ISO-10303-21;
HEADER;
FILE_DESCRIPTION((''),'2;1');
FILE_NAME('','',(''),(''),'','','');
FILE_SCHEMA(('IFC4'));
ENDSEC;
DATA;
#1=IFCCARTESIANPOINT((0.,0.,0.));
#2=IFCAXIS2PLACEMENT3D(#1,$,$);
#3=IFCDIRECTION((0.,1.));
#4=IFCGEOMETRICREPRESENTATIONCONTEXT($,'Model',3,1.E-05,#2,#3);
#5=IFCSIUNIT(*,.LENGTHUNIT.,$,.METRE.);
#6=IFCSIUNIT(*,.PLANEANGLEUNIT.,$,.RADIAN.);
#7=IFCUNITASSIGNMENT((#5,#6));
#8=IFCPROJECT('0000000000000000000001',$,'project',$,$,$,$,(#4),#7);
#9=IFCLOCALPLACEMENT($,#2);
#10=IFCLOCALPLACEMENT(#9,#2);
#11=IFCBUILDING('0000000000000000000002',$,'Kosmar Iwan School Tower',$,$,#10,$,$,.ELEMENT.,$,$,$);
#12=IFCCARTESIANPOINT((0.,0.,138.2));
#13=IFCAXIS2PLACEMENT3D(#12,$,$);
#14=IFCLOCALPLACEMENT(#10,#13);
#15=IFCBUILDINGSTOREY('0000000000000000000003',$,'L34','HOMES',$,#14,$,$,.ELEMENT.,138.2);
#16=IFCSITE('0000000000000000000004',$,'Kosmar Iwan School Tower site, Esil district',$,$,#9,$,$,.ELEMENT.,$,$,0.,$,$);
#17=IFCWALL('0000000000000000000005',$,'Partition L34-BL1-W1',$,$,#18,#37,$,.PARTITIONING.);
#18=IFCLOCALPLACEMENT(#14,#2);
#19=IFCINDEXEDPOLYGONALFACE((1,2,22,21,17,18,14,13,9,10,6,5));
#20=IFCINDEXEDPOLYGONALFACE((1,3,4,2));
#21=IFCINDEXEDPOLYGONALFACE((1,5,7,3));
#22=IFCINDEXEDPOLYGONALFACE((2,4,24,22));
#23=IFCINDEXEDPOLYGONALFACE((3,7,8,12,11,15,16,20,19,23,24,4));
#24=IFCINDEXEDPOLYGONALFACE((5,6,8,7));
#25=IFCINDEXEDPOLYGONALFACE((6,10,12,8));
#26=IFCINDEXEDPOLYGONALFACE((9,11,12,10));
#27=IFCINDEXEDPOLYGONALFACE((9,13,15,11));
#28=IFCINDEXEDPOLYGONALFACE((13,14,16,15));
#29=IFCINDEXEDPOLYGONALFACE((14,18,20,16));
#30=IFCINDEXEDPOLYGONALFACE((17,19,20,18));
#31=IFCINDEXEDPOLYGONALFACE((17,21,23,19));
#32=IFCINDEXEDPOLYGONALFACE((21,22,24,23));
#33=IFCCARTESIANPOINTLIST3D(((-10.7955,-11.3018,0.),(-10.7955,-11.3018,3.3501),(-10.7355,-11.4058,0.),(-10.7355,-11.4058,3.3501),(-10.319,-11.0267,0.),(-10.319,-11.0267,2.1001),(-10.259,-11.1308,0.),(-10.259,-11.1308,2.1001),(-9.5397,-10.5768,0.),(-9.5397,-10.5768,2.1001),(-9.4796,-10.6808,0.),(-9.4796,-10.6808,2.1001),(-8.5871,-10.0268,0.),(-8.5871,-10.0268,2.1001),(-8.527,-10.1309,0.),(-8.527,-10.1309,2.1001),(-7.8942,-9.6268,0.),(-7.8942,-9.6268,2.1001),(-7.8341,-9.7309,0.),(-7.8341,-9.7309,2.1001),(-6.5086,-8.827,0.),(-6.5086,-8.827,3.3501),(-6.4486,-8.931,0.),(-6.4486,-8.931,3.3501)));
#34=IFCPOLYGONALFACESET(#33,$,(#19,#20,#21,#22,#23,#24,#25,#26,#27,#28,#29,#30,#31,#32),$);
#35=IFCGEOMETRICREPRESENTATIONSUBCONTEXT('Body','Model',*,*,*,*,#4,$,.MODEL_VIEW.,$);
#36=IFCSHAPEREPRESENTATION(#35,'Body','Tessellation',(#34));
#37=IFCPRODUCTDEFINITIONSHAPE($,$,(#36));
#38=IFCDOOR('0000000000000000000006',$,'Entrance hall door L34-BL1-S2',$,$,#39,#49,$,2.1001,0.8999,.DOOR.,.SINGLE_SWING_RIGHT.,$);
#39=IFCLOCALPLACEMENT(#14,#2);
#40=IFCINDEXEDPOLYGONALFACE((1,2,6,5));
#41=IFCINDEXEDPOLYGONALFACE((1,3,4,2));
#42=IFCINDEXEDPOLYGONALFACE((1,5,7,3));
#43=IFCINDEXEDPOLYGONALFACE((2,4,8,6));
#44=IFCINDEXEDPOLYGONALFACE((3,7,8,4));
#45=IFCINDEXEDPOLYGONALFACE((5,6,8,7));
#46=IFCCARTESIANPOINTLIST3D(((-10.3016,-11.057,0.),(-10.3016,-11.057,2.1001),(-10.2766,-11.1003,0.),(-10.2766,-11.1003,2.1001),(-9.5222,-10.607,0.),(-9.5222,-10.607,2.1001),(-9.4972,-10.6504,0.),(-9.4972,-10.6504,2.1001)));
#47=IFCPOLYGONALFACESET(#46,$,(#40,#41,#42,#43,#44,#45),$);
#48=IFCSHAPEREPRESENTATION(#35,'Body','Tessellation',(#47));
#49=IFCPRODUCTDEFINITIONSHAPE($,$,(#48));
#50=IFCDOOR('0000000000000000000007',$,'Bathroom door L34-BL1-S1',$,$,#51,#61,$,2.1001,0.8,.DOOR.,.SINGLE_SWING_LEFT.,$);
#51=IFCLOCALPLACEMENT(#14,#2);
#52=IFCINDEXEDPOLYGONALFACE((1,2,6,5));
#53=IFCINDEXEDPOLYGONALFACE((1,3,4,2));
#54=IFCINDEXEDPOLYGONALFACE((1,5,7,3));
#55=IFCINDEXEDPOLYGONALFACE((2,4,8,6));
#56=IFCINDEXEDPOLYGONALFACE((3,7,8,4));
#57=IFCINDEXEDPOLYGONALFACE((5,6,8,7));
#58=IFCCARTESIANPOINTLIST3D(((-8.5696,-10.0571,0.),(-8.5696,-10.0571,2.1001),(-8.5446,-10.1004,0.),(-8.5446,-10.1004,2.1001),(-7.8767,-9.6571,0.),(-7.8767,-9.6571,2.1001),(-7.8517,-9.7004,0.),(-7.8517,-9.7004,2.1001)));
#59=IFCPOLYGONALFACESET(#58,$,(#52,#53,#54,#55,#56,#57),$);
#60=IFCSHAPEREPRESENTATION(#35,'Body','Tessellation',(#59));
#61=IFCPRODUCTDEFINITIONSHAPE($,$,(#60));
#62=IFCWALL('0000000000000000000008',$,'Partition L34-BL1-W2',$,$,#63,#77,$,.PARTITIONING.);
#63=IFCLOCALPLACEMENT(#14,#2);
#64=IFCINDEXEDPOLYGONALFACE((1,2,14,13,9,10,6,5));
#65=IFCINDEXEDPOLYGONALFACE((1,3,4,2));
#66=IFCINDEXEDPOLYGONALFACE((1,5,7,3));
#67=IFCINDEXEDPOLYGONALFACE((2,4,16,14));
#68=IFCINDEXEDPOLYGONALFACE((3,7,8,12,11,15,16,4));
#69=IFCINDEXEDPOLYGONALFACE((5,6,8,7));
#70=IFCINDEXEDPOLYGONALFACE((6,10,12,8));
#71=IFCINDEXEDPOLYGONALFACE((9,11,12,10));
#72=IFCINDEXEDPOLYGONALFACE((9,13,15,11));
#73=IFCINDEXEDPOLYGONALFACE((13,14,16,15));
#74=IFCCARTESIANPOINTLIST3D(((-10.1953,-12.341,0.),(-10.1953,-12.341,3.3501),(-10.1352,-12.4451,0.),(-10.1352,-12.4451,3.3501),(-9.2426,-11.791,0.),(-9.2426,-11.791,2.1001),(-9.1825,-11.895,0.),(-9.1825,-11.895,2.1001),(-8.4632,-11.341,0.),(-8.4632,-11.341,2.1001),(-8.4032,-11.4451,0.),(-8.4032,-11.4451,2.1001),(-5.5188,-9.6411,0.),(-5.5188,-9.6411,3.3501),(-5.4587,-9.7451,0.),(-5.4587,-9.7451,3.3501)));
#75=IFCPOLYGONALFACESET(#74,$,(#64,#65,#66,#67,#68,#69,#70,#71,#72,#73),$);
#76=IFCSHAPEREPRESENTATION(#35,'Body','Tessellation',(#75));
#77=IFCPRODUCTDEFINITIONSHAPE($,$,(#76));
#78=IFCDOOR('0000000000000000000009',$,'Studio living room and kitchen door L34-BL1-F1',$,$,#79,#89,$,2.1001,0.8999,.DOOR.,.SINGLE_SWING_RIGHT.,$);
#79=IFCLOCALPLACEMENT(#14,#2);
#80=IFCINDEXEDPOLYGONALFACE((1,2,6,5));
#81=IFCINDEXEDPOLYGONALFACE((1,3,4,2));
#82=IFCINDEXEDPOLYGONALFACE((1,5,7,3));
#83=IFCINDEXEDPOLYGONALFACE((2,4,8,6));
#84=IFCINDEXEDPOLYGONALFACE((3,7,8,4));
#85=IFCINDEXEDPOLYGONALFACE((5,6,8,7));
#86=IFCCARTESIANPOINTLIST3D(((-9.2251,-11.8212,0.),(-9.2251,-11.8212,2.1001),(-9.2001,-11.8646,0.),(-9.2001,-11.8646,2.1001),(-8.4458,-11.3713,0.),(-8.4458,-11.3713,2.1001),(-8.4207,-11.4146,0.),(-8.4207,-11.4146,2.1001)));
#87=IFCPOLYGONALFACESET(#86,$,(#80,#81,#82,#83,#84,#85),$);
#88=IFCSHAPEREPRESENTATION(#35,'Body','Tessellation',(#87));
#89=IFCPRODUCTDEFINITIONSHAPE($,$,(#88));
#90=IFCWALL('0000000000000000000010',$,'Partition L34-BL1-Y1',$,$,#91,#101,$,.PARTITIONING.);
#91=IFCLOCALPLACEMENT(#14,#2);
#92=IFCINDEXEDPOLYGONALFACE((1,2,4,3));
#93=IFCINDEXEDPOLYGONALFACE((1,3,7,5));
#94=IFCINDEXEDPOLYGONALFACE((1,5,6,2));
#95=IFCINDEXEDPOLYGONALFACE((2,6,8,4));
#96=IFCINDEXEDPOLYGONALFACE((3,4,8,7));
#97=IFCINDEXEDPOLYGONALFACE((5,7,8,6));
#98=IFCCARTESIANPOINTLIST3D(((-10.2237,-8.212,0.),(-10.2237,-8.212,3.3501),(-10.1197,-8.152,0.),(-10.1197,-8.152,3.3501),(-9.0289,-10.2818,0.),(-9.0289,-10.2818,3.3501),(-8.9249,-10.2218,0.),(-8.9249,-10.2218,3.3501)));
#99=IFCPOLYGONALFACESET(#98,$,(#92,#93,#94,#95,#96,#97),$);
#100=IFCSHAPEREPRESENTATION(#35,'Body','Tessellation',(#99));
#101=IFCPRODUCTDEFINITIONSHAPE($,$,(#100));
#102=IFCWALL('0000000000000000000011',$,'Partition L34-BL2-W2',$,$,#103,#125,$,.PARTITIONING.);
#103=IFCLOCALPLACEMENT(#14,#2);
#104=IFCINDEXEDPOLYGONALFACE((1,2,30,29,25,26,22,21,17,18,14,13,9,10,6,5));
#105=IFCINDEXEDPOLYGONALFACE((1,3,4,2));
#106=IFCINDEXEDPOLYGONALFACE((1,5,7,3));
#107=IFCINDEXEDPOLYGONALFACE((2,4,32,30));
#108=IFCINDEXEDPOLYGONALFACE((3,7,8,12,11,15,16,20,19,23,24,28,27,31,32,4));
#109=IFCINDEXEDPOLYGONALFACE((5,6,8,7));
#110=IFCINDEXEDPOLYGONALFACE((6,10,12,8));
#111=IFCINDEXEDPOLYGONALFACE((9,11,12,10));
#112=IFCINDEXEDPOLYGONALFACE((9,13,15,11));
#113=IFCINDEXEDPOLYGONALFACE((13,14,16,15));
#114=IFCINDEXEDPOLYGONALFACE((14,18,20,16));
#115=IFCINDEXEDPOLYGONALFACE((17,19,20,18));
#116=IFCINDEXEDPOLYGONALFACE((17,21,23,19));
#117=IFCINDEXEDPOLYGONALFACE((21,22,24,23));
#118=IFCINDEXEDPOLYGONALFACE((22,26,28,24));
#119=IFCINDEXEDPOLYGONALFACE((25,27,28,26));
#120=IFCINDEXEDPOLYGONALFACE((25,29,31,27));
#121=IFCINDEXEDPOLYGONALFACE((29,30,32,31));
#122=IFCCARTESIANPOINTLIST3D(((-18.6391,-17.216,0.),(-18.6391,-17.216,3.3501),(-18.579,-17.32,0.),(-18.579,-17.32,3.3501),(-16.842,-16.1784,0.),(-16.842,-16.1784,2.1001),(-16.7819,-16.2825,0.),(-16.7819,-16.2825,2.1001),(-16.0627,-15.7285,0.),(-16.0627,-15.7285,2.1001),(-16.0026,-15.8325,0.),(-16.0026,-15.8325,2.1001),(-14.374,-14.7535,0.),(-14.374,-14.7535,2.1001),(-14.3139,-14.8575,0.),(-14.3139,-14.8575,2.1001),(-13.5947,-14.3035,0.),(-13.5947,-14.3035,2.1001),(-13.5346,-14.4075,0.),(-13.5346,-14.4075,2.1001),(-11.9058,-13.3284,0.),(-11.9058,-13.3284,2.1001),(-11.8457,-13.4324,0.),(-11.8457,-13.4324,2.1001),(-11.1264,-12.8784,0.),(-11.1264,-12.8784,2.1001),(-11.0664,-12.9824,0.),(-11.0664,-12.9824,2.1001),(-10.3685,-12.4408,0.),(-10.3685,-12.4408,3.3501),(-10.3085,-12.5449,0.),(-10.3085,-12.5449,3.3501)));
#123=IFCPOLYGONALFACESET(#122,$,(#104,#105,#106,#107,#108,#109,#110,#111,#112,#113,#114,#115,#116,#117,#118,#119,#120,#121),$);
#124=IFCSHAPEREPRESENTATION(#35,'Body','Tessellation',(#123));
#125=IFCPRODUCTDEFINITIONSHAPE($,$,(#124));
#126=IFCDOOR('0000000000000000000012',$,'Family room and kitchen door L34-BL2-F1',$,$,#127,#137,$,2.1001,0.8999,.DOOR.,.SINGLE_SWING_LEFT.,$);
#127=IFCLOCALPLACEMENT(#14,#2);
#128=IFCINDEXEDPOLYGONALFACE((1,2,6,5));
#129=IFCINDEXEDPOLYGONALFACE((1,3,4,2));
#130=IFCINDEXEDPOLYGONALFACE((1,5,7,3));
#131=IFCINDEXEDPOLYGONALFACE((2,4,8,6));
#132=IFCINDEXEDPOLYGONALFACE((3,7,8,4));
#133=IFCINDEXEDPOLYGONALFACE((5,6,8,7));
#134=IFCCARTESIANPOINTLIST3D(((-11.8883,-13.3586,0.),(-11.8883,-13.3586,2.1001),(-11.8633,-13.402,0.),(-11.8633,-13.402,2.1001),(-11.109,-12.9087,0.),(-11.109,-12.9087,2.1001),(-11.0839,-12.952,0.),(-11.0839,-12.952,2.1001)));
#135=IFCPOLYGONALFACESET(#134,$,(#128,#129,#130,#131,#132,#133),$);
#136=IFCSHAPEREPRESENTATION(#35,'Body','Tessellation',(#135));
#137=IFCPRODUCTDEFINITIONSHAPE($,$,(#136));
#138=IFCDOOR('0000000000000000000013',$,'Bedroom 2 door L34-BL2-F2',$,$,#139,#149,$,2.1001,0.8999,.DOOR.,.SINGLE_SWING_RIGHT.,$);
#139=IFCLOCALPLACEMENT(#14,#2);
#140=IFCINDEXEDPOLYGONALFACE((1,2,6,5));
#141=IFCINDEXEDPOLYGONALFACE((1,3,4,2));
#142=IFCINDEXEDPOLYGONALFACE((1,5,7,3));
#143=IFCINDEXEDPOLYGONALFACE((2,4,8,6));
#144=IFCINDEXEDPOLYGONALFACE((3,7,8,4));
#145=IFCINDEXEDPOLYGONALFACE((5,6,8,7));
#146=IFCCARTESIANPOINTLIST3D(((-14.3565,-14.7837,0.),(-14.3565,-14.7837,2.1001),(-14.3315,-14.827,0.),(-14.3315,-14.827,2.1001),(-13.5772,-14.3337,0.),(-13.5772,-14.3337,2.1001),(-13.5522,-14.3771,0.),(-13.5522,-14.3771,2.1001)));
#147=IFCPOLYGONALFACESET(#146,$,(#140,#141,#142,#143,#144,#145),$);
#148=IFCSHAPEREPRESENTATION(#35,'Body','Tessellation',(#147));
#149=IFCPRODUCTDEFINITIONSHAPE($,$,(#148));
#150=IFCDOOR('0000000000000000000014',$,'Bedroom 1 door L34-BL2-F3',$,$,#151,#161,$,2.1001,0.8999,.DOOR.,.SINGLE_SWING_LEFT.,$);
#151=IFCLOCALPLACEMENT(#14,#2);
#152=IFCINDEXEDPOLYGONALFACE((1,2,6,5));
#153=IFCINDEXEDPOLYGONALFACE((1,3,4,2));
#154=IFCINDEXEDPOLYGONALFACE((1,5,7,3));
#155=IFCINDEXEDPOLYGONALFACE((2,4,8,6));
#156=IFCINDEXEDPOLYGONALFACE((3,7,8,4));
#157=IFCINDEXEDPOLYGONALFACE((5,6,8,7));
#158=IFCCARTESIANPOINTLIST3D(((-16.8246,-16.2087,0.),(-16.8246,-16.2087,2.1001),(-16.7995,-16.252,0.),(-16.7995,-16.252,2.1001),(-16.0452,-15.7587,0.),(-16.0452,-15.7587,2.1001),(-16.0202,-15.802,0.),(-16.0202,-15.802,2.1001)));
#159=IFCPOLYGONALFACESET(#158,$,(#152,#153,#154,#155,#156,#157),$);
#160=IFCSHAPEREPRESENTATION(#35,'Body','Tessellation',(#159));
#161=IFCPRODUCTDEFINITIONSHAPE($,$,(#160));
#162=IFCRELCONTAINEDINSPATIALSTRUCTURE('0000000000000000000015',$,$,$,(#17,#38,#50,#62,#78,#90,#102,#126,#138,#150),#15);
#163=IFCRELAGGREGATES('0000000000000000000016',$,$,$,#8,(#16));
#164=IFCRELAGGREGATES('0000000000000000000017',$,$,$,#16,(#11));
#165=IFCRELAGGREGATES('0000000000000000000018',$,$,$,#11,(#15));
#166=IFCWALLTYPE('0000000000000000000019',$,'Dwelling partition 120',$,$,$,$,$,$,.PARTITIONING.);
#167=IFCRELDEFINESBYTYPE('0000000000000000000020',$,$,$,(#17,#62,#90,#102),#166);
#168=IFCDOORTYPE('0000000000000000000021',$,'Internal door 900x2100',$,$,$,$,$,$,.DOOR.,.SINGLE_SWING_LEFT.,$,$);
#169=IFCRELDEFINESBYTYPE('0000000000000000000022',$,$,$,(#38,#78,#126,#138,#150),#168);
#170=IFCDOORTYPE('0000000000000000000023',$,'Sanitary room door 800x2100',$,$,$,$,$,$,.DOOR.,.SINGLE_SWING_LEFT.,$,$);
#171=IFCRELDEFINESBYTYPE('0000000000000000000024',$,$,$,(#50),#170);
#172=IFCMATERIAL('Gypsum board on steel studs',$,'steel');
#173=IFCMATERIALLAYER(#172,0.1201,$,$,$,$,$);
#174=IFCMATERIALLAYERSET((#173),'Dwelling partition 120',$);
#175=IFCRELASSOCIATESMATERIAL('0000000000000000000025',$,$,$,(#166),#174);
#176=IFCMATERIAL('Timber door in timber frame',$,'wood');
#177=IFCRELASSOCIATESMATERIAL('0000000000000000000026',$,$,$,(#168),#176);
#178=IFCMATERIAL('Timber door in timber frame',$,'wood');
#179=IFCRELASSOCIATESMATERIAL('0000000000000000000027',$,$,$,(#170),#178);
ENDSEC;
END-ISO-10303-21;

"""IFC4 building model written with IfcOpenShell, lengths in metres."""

from ifc_helpers import new_model, si_unit, direction, frame, frame_2d, origin, place, context, subcontext, project, spatial, rectangle, extrude, material, layer, layer_set, type_object, element, fill, save


model = new_model("IFC4")

# Units and contexts
model_context = context("Model", 3, precision=1e-05, world=origin(), true_north=direction((0.0, 1.0)))
body_context = subcontext(model_context, "Body", "Model", "MODEL_VIEW")
ifc_project = project(units=[si_unit("LENGTHUNIT", "METRE"), si_unit("PLANEANGLEUNIT", "RADIAN")], contexts=[model_context])

# Site, building, storey
site_placement = place(None, origin())
site = spatial("IfcSite", under=ifc_project, at=site_placement, Name="Kosmar Iwan School Tower site, Esil district", CompositionType="ELEMENT", RefElevation=0.0)
building_placement = place(site_placement, origin())
building = spatial("IfcBuilding", under=site, at=building_placement, Name="Kosmar Iwan School Tower", CompositionType="ELEMENT")
storey_placement = place(building_placement, frame((0.0, 0.0, 138.2)))
storey = spatial("IfcBuildingStorey", under=building, at=storey_placement, Name="L34", Description="HOMES", CompositionType="ELEMENT", Elevation=138.2)

# Wall, openings, doors
ifc_material_1 = material(Name="Gypsum board on steel studs", Category="steel")
ifc_layer_1 = layer(ifc_material_1, 0.1201)
ifc_layer_set_1 = layer_set([ifc_layer_1], Name="Dwelling partition 120")
wall_type_1 = type_object("IfcWallType", Name="Dwelling partition 120", PredefinedType="PARTITIONING", material=ifc_layer_set_1)
wall_1_placement = place(storey_placement, frame((-6.4785, -8.8789, 0.0), z_axis=(0.0, 0.0, 1.0), x_axis=(-0.86604, -0.499974, 0.0)))
wall_1 = element("IfcWall", 1, at=wall_1_placement, inside=storey, type_object=wall_type_1, Name="Partition L34-BL1-W1", PredefinedType="PARTITIONING", context=body_context, shape_type="SweptSolid", body=[
    extrude(rectangle(XDim=4.95, YDim=0.1201, at=frame_2d((2.4751, 0.0))), origin(), (0.0, 0.0, 1.0), 3.3501),
])
opening_1_placement = place(wall_1_placement, frame((1.6001, 0.0, 0.0)))
opening_1 = element("IfcOpeningElement", 2, at=opening_1_placement, cuts=wall_1, PredefinedType="OPENING", context=body_context, shape_type="SweptSolid", body=[
    extrude(rectangle(XDim=0.8, YDim=2.1001, at=frame_2d((0.3999, 1.05))), frame((0.0, 0.072, 0.0), z_axis=(0.0, -1.0, 0.0), x_axis=(1.0, 0.0, 0.0)), (0.0, 0.0, 1.0), 0.144),
])
opening_2_placement = place(wall_1_placement, frame((3.5, 0.0, 0.0)))
opening_2 = element("IfcOpeningElement", 3, at=opening_2_placement, cuts=wall_1, PredefinedType="OPENING", context=body_context, shape_type="SweptSolid", body=[
    extrude(rectangle(XDim=0.8999, YDim=2.1001, at=frame_2d((0.45, 1.05))), frame((0.0, 0.072, 0.0), z_axis=(0.0, -1.0, 0.0), x_axis=(1.0, 0.0, 0.0)), (0.0, 0.0, 1.0), 0.144),
])
ifc_material_2 = material(Name="Timber door in timber frame", Category="wood")
door_type_1 = type_object("IfcDoorType", Name="Internal door 900x2100", OperationType="SINGLE_SWING_LEFT", PredefinedType="DOOR", material=ifc_material_2)
door_1_placement = place(opening_2_placement, origin())
door_1 = element("IfcDoor", 4, at=door_1_placement, inside=storey, type_object=door_type_1, Name="Entrance hall door L34-BL1-S2", OperationType="SINGLE_SWING_RIGHT", OverallHeight=2.1001, OverallWidth=0.8999, PredefinedType="DOOR", context=body_context, shape_type="SweptSolid", body=[
    extrude(rectangle(XDim=0.8999, YDim=2.1001, at=frame_2d((0.45, 1.05))), frame((0.0, 0.0249, 0.0), z_axis=(0.0, -1.0, 0.0), x_axis=(1.0, 0.0, 0.0)), (0.0, 0.0, 1.0), 0.05),
])
fill(opening_2, door_1)
ifc_material_3 = material(Name="Timber door in timber frame", Category="wood")
door_type_2 = type_object("IfcDoorType", Name="Sanitary room door 800x2100", OperationType="SINGLE_SWING_LEFT", PredefinedType="DOOR", material=ifc_material_3)
door_2_placement = place(opening_1_placement, origin())
door_2 = element("IfcDoor", 5, at=door_2_placement, inside=storey, type_object=door_type_2, Name="Bathroom door L34-BL1-S1", OperationType="SINGLE_SWING_LEFT", OverallHeight=2.1001, OverallWidth=0.8, PredefinedType="DOOR", context=body_context, shape_type="SweptSolid", body=[
    extrude(rectangle(XDim=0.8, YDim=2.1001, at=frame_2d((0.3999, 1.05))), frame((0.0, 0.0249, 0.0), z_axis=(0.0, -1.0, 0.0), x_axis=(1.0, 0.0, 0.0)), (0.0, 0.0, 1.0), 0.05),
])
fill(opening_1, door_2)

# Wall, opening, door
wall_2_placement = place(storey_placement, frame((-5.4888, -9.6931, 0.0), z_axis=(0.0, 0.0, 1.0), x_axis=(-0.866028, -0.499995, 0.0)))
wall_2 = element("IfcWall", 6, at=wall_2_placement, inside=storey, type_object=wall_type_1, Name="Partition L34-BL1-W2", PredefinedType="PARTITIONING", context=body_context, shape_type="SweptSolid", body=[
    extrude(rectangle(XDim=5.3999, YDim=0.1201, at=frame_2d((2.7, 0.0))), origin(), (0.0, 0.0, 1.0), 3.3501),
])
opening_3_placement = place(wall_2_placement, frame((3.3999, 0.0, 0.0)))
opening_3 = element("IfcOpeningElement", 7, at=opening_3_placement, cuts=wall_2, PredefinedType="OPENING", context=body_context, shape_type="SweptSolid", body=[
    extrude(rectangle(XDim=0.8999, YDim=2.1001, at=frame_2d((0.45, 1.05))), frame((0.0, 0.072, 0.0), z_axis=(0.0, -1.0, 0.0), x_axis=(1.0, 0.0, 0.0)), (0.0, 0.0, 1.0), 0.144),
])
door_3_placement = place(opening_3_placement, origin())
door_3 = element("IfcDoor", 8, at=door_3_placement, inside=storey, type_object=door_type_1, Name="Studio living room and kitchen door L34-BL1-F1", OperationType="SINGLE_SWING_RIGHT", OverallHeight=2.1001, OverallWidth=0.8999, PredefinedType="DOOR", context=body_context, shape_type="SweptSolid", body=[
    extrude(rectangle(XDim=0.8999, YDim=2.1001, at=frame_2d((0.45, 1.05))), frame((0.0, 0.0249, 0.0), z_axis=(0.0, -1.0, 0.0), x_axis=(1.0, 0.0, 0.0)), (0.0, 0.0, 1.0), 0.05),
])
fill(opening_3, door_3)

# Wall
wall_3_placement = place(storey_placement, frame((-10.1716, -8.1821, 0.0), z_axis=(0.0, 0.0, 1.0), x_axis=(0.499941, -0.86606, 0.0)))
element("IfcWall", 9, at=wall_3_placement, inside=storey, type_object=wall_type_1, Name="Partition L34-BL1-Y1", PredefinedType="PARTITIONING", context=body_context, shape_type="SweptSolid", body=[
    extrude(rectangle(XDim=2.3899, YDim=0.1201, at=frame_2d((1.1948, 0.0))), origin(), (0.0, 0.0, 1.0), 3.3501),
])

# Wall, openings, doors
wall_4_placement = place(storey_placement, frame((-10.3386, -12.4929, 0.0), z_axis=(0.0, 0.0, 1.0), x_axis=(-0.866018, -0.500013, 0.0)))
wall_4 = element("IfcWall", 10, at=wall_4_placement, inside=storey, type_object=wall_type_1, Name="Partition L34-BL2-W2", PredefinedType="PARTITIONING", context=body_context, shape_type="SweptSolid", body=[
    extrude(rectangle(XDim=9.55, YDim=0.1201, at=frame_2d((4.7749, 0.0))), origin(), (0.0, 0.0, 1.0), 3.3501),
])
opening_4_placement = place(wall_4_placement, frame((0.875, 0.0, 0.0)))
opening_4 = element("IfcOpeningElement", 11, at=opening_4_placement, cuts=wall_4, PredefinedType="OPENING", context=body_context, shape_type="SweptSolid", body=[
    extrude(rectangle(XDim=0.8999, YDim=2.1001, at=frame_2d((0.45, 1.05))), frame((0.0, 0.072, 0.0), z_axis=(0.0, -1.0, 0.0), x_axis=(1.0, 0.0, 0.0)), (0.0, 0.0, 1.0), 0.144),
])
opening_5_placement = place(wall_4_placement, frame((3.7251, 0.0, 0.0)))
opening_5 = element("IfcOpeningElement", 12, at=opening_5_placement, cuts=wall_4, PredefinedType="OPENING", context=body_context, shape_type="SweptSolid", body=[
    extrude(rectangle(XDim=0.8999, YDim=2.1001, at=frame_2d((0.45, 1.05))), frame((0.0, 0.072, 0.0), z_axis=(0.0, -1.0, 0.0), x_axis=(1.0, 0.0, 0.0)), (0.0, 0.0, 1.0), 0.144),
])
opening_6_placement = place(wall_4_placement, frame((6.575, 0.0, 0.0)))
opening_6 = element("IfcOpeningElement", 13, at=opening_6_placement, cuts=wall_4, PredefinedType="OPENING", context=body_context, shape_type="SweptSolid", body=[
    extrude(rectangle(XDim=0.8999, YDim=2.1001, at=frame_2d((0.45, 1.05))), frame((0.0, 0.072, 0.0), z_axis=(0.0, -1.0, 0.0), x_axis=(1.0, 0.0, 0.0)), (0.0, 0.0, 1.0), 0.144),
])
door_4_placement = place(opening_4_placement, origin())
door_4 = element("IfcDoor", 14, at=door_4_placement, inside=storey, type_object=door_type_1, Name="Family room and kitchen door L34-BL2-F1", OperationType="SINGLE_SWING_LEFT", OverallHeight=2.1001, OverallWidth=0.8999, PredefinedType="DOOR", context=body_context, shape_type="SweptSolid", body=[
    extrude(rectangle(XDim=0.8999, YDim=2.1001, at=frame_2d((0.45, 1.05))), frame((0.0, 0.0249, 0.0), z_axis=(0.0, -1.0, 0.0), x_axis=(1.0, 0.0, 0.0)), (0.0, 0.0, 1.0), 0.05),
])
fill(opening_4, door_4)
door_5_placement = place(opening_5_placement, origin())
door_5 = element("IfcDoor", 15, at=door_5_placement, inside=storey, type_object=door_type_1, Name="Bedroom 2 door L34-BL2-F2", OperationType="SINGLE_SWING_RIGHT", OverallHeight=2.1001, OverallWidth=0.8999, PredefinedType="DOOR", context=body_context, shape_type="SweptSolid", body=[
    extrude(rectangle(XDim=0.8999, YDim=2.1001, at=frame_2d((0.45, 1.05))), frame((0.0, 0.0249, 0.0), z_axis=(0.0, -1.0, 0.0), x_axis=(1.0, 0.0, 0.0)), (0.0, 0.0, 1.0), 0.05),
])
fill(opening_5, door_5)
door_6_placement = place(opening_6_placement, origin())
door_6 = element("IfcDoor", 16, at=door_6_placement, inside=storey, type_object=door_type_1, Name="Bedroom 1 door L34-BL2-F3", OperationType="SINGLE_SWING_LEFT", OverallHeight=2.1001, OverallWidth=0.8999, PredefinedType="DOOR", context=body_context, shape_type="SweptSolid", body=[
    extrude(rectangle(XDim=0.8999, YDim=2.1001, at=frame_2d((0.45, 1.05))), frame((0.0, 0.0249, 0.0), z_axis=(0.0, -1.0, 0.0), x_axis=(1.0, 0.0, 0.0)), (0.0, 0.0, 1.0), 0.05),
])
fill(opening_6, door_6)

save(model, "model.ifc")
